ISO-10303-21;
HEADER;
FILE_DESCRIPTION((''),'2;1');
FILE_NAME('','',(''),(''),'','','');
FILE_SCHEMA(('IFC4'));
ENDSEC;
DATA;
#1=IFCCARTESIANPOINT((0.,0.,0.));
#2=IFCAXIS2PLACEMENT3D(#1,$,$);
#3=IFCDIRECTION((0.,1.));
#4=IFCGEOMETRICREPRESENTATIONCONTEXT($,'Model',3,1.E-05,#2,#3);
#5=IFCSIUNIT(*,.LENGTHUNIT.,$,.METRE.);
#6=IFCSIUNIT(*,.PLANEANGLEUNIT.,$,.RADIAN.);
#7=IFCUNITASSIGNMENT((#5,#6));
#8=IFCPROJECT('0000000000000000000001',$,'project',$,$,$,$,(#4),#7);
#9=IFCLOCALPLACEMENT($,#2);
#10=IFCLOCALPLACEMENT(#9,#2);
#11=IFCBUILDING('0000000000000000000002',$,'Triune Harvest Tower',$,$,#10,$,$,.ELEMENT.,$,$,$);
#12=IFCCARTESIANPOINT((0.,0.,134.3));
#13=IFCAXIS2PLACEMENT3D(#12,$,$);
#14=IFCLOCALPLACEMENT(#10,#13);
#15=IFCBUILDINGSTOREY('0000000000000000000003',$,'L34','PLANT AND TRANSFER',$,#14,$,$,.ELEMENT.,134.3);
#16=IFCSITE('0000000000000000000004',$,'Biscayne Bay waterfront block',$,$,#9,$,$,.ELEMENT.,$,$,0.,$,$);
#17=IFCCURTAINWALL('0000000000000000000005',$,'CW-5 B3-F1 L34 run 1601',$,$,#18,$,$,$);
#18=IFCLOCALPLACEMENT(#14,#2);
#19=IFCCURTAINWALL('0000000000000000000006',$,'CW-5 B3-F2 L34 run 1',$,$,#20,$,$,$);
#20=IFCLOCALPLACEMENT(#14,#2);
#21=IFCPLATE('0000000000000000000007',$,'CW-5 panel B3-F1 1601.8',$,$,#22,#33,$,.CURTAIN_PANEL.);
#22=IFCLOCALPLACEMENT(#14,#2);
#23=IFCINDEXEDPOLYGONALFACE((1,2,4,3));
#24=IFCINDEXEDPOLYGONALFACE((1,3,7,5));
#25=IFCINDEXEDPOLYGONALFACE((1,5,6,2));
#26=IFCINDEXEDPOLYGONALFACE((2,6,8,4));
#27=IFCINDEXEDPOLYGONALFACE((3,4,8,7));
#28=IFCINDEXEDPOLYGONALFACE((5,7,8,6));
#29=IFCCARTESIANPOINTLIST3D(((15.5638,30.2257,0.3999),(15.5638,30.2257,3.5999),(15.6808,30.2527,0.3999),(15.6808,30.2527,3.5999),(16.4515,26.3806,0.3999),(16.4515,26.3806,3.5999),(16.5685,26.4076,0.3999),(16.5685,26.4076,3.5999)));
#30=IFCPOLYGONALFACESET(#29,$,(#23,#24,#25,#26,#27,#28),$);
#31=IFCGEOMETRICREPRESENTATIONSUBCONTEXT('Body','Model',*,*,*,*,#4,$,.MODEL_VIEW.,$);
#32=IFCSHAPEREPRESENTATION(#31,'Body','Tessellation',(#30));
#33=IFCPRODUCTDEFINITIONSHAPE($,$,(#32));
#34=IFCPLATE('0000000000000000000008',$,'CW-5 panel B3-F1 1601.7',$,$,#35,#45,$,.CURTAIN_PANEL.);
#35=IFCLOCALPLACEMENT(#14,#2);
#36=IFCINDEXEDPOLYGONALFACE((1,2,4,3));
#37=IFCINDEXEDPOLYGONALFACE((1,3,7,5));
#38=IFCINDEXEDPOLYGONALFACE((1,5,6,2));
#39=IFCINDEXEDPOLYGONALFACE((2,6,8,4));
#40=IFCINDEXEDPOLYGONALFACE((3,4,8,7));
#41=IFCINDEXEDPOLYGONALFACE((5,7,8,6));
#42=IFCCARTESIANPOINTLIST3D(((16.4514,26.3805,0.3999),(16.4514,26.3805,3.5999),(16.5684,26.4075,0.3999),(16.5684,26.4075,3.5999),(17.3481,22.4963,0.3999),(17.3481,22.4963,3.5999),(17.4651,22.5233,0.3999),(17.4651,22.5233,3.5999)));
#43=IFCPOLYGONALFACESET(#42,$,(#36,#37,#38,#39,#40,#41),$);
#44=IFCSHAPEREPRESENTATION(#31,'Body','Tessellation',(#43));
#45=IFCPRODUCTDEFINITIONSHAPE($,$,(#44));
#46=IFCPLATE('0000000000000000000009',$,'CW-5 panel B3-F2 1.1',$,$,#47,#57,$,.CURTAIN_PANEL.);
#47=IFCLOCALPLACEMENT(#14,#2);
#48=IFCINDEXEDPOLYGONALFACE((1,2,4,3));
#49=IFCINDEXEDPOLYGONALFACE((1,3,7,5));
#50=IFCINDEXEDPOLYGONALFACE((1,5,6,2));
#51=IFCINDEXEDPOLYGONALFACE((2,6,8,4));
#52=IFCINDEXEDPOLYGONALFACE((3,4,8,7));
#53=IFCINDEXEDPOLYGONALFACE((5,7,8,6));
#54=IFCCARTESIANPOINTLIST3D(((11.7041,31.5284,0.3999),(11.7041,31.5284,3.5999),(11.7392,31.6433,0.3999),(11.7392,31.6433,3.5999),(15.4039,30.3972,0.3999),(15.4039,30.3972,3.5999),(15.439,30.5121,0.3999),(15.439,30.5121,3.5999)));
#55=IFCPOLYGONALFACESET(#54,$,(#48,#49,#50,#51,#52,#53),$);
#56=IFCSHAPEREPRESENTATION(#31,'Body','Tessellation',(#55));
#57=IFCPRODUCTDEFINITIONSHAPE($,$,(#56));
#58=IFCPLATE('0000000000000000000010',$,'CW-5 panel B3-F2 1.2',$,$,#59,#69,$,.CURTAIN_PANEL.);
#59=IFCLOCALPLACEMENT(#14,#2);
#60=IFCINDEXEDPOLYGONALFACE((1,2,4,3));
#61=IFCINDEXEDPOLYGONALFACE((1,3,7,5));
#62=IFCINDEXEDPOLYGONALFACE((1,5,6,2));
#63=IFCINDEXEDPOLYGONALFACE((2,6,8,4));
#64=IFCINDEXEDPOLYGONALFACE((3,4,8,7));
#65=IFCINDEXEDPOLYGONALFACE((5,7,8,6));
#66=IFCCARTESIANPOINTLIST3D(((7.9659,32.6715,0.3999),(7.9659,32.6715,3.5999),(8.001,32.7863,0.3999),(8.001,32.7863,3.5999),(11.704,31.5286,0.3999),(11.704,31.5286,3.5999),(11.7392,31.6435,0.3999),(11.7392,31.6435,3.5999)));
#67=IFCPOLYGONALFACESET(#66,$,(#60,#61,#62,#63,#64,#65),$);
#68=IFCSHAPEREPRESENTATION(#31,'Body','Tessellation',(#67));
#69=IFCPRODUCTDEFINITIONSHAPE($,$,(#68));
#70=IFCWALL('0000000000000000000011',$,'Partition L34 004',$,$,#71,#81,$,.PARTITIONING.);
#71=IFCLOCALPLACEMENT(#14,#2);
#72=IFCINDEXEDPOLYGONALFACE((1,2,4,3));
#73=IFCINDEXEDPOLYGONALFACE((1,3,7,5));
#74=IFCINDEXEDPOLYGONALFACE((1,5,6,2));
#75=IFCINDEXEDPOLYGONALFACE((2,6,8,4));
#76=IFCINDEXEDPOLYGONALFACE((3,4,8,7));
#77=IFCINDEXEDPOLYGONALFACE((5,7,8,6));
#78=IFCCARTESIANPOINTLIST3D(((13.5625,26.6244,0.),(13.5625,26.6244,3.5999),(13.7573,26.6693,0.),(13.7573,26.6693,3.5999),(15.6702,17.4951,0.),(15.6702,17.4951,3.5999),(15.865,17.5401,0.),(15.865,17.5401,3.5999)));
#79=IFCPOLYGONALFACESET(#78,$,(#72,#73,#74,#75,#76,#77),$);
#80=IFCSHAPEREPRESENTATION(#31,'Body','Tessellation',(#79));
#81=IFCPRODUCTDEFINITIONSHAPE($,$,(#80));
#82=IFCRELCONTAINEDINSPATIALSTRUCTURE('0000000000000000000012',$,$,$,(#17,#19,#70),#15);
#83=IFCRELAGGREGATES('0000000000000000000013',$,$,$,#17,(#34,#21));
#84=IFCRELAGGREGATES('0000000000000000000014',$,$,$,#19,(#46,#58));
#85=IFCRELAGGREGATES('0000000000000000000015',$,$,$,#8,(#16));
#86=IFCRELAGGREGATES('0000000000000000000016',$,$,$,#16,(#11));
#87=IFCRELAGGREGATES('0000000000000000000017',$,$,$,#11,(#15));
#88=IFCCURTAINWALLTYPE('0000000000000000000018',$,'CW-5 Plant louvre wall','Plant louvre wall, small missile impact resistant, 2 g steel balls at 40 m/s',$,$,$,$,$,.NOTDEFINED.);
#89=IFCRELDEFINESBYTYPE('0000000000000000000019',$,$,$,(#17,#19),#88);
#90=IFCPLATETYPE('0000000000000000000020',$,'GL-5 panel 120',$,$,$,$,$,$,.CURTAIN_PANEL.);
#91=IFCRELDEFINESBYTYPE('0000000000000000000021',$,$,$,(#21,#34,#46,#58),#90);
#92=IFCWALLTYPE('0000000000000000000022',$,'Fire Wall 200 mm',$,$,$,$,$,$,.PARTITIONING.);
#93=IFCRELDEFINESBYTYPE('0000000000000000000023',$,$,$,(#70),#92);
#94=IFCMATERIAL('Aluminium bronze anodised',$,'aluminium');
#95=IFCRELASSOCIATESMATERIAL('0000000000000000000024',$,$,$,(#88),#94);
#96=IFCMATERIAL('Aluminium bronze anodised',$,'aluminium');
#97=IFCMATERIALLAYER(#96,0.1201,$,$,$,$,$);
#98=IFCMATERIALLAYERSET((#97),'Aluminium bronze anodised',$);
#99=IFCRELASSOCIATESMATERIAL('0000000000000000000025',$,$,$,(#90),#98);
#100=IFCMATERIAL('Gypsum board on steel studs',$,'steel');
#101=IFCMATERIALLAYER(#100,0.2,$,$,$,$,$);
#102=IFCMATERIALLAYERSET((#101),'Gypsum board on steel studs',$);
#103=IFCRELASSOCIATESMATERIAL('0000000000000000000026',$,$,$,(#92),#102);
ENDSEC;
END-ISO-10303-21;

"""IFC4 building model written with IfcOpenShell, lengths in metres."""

from ifc_helpers import new_model, si_unit, direction, frame, frame_2d, origin, origin_2d, place, context, subcontext, project, spatial, rectangle, extrude, source, transform, mapped, material, layer, layer_set, type_object, element, aggregate, save


model = new_model("IFC4")

# Units and contexts
model_context = context("Model", 3, precision=1e-05, world=origin(), true_north=direction((0.0, 1.0)))
body_context = subcontext(model_context, "Body", "Model", "MODEL_VIEW")
ifc_project = project(units=[si_unit("LENGTHUNIT", "METRE"), si_unit("PLANEANGLEUNIT", "RADIAN")], contexts=[model_context])

# Site, building, storey
site_placement = place(None, origin())
site = spatial("IfcSite", under=ifc_project, at=site_placement, Name="Biscayne Bay waterfront block", CompositionType="ELEMENT", RefElevation=0.0)
building_placement = place(site_placement, origin())
building = spatial("IfcBuilding", under=site, at=building_placement, Name="Triune Harvest Tower", CompositionType="ELEMENT")
storey_placement = place(building_placement, frame((0.0, 0.0, 134.3)))
storey = spatial("IfcBuildingStorey", under=building, at=storey_placement, Name="L34", Description="PLANT AND TRANSFER", CompositionType="ELEMENT", Elevation=134.3)

# Curtain wall
ifc_material_1 = material(Name="Aluminium bronze anodised", Category="aluminium")
curtain_wall_type = type_object("IfcCurtainWallType", Name="CW-5 Plant louvre wall", Description="Plant louvre wall, small missile impact resistant, 2 g steel balls at 40 m/s", PredefinedType="NOTDEFINED", material=ifc_material_1)
curtain_wall_1_placement = place(storey_placement, origin())
curtain_wall_1 = element("IfcCurtainWall", 1, at=curtain_wall_1_placement, inside=storey, type_object=curtain_wall_type, Name="CW-5 B3-F1 L34 run 1601")

# Curtain wall
curtain_wall_2_placement = place(storey_placement, origin())
curtain_wall_2 = element("IfcCurtainWall", 2, at=curtain_wall_2_placement, inside=storey, type_object=curtain_wall_type, Name="CW-5 B3-F2 L34 run 1")

# Plates
ifc_material_2 = material(Name="Aluminium bronze anodised", Category="aluminium")
ifc_layer_1 = layer(ifc_material_2, 0.1201)
ifc_layer_set_1 = layer_set([ifc_layer_1], Name="Aluminium bronze anodised")
plate_type = type_object("IfcPlateType", Name="GL-5 panel 120", PredefinedType="CURTAIN_PANEL", material=ifc_layer_set_1)
shared_shape_1 = source(origin(), body_context, "Body", "SweptSolid", [
    extrude(rectangle(XDim=3.9463, YDim=0.1201, at=origin_2d()), origin(), (0.0, 0.0, 1.0), 3.2),
])
plate_1_placement = place(storey_placement, frame((16.0662, 28.3167, 0.3999), z_axis=(0.0, 0.0, 1.0), x_axis=(-0.224951, 0.97437, 0.0)))
plate_1 = element("IfcPlate", 3, at=plate_1_placement, type_object=plate_type, Name="CW-5 panel B3-F1 1601.8", PredefinedType="CURTAIN_PANEL", context=body_context, shape_type="MappedRepresentation", body=[
    mapped(shared_shape_1, transform((0.0, 0.0, 0.0), scale=1.0)),
])
shared_shape_2 = source(origin(), body_context, "Body", "SweptSolid", [
    extrude(rectangle(XDim=3.9863, YDim=0.1201, at=origin_2d()), origin(), (0.0, 0.0, 1.0), 3.2),
])
plate_2_placement = place(storey_placement, frame((16.9583, 24.4519, 0.3999), z_axis=(0.0, 0.0, 1.0), x_axis=(-0.224951, 0.97437, 0.0)))
plate_2 = element("IfcPlate", 4, at=plate_2_placement, type_object=plate_type, Name="CW-5 panel B3-F1 1601.7", PredefinedType="CURTAIN_PANEL", context=body_context, shape_type="MappedRepresentation", body=[
    mapped(shared_shape_2, transform((0.0, 0.0, 0.0), scale=1.0)),
])
aggregate(curtain_wall_1, [plate_2, plate_1])
shared_shape_3 = source(origin(), body_context, "Body", "SweptSolid", [
    extrude(rectangle(XDim=3.8689, YDim=0.1201, at=origin_2d()), origin(), (0.0, 0.0, 1.0), 3.2),
])
plate_3_placement = place(storey_placement, frame((13.5715, 31.0203, 0.3999), z_axis=(0.0, 0.0, 1.0), x_axis=(-0.956303, 0.292377, 0.0)))
plate_3 = element("IfcPlate", 5, at=plate_3_placement, type_object=plate_type, Name="CW-5 panel B3-F2 1.1", PredefinedType="CURTAIN_PANEL", context=body_context, shape_type="MappedRepresentation", body=[
    mapped(shared_shape_3, transform((0.0, 0.0, 0.0), scale=1.0)),
])
shared_shape_4 = source(origin(), body_context, "Body", "SweptSolid", [
    extrude(rectangle(XDim=3.9089, YDim=0.1201, at=origin_2d()), origin(), (0.0, 0.0, 1.0), 3.2),
])
plate_4_placement = place(storey_placement, frame((9.8525, 32.1575, 0.3999), z_axis=(0.0, 0.0, 1.0), x_axis=(-0.956303, 0.292377, 0.0)))
plate_4 = element("IfcPlate", 6, at=plate_4_placement, type_object=plate_type, Name="CW-5 panel B3-F2 1.2", PredefinedType="CURTAIN_PANEL", context=body_context, shape_type="MappedRepresentation", body=[
    mapped(shared_shape_4, transform((0.0, 0.0, 0.0), scale=1.0)),
])
aggregate(curtain_wall_2, [plate_3, plate_4])

# Wall
ifc_material_3 = material(Name="Gypsum board on steel studs", Category="steel")
ifc_layer_2 = layer(ifc_material_3, 0.2)
ifc_layer_set_2 = layer_set([ifc_layer_2], Name="Gypsum board on steel studs")
wall_type = type_object("IfcWallType", Name="Fire Wall 200 mm", PredefinedType="PARTITIONING", material=ifc_layer_set_2)
wall_placement = place(storey_placement, frame((13.6599, 26.6467, 0.0), z_axis=(0.0, 0.0, 1.0), x_axis=(0.224955, -0.974369, 0.0)))
element("IfcWall", 7, at=wall_placement, inside=storey, type_object=wall_type, Name="Partition L34 004", PredefinedType="PARTITIONING", context=body_context, shape_type="SweptSolid", body=[
    extrude(rectangle(XDim=9.3694, YDim=0.2, at=frame_2d((4.6846, 0.0))), origin(), (0.0, 0.0, 1.0), 3.5999),
])

save(model, "model.ifc")
